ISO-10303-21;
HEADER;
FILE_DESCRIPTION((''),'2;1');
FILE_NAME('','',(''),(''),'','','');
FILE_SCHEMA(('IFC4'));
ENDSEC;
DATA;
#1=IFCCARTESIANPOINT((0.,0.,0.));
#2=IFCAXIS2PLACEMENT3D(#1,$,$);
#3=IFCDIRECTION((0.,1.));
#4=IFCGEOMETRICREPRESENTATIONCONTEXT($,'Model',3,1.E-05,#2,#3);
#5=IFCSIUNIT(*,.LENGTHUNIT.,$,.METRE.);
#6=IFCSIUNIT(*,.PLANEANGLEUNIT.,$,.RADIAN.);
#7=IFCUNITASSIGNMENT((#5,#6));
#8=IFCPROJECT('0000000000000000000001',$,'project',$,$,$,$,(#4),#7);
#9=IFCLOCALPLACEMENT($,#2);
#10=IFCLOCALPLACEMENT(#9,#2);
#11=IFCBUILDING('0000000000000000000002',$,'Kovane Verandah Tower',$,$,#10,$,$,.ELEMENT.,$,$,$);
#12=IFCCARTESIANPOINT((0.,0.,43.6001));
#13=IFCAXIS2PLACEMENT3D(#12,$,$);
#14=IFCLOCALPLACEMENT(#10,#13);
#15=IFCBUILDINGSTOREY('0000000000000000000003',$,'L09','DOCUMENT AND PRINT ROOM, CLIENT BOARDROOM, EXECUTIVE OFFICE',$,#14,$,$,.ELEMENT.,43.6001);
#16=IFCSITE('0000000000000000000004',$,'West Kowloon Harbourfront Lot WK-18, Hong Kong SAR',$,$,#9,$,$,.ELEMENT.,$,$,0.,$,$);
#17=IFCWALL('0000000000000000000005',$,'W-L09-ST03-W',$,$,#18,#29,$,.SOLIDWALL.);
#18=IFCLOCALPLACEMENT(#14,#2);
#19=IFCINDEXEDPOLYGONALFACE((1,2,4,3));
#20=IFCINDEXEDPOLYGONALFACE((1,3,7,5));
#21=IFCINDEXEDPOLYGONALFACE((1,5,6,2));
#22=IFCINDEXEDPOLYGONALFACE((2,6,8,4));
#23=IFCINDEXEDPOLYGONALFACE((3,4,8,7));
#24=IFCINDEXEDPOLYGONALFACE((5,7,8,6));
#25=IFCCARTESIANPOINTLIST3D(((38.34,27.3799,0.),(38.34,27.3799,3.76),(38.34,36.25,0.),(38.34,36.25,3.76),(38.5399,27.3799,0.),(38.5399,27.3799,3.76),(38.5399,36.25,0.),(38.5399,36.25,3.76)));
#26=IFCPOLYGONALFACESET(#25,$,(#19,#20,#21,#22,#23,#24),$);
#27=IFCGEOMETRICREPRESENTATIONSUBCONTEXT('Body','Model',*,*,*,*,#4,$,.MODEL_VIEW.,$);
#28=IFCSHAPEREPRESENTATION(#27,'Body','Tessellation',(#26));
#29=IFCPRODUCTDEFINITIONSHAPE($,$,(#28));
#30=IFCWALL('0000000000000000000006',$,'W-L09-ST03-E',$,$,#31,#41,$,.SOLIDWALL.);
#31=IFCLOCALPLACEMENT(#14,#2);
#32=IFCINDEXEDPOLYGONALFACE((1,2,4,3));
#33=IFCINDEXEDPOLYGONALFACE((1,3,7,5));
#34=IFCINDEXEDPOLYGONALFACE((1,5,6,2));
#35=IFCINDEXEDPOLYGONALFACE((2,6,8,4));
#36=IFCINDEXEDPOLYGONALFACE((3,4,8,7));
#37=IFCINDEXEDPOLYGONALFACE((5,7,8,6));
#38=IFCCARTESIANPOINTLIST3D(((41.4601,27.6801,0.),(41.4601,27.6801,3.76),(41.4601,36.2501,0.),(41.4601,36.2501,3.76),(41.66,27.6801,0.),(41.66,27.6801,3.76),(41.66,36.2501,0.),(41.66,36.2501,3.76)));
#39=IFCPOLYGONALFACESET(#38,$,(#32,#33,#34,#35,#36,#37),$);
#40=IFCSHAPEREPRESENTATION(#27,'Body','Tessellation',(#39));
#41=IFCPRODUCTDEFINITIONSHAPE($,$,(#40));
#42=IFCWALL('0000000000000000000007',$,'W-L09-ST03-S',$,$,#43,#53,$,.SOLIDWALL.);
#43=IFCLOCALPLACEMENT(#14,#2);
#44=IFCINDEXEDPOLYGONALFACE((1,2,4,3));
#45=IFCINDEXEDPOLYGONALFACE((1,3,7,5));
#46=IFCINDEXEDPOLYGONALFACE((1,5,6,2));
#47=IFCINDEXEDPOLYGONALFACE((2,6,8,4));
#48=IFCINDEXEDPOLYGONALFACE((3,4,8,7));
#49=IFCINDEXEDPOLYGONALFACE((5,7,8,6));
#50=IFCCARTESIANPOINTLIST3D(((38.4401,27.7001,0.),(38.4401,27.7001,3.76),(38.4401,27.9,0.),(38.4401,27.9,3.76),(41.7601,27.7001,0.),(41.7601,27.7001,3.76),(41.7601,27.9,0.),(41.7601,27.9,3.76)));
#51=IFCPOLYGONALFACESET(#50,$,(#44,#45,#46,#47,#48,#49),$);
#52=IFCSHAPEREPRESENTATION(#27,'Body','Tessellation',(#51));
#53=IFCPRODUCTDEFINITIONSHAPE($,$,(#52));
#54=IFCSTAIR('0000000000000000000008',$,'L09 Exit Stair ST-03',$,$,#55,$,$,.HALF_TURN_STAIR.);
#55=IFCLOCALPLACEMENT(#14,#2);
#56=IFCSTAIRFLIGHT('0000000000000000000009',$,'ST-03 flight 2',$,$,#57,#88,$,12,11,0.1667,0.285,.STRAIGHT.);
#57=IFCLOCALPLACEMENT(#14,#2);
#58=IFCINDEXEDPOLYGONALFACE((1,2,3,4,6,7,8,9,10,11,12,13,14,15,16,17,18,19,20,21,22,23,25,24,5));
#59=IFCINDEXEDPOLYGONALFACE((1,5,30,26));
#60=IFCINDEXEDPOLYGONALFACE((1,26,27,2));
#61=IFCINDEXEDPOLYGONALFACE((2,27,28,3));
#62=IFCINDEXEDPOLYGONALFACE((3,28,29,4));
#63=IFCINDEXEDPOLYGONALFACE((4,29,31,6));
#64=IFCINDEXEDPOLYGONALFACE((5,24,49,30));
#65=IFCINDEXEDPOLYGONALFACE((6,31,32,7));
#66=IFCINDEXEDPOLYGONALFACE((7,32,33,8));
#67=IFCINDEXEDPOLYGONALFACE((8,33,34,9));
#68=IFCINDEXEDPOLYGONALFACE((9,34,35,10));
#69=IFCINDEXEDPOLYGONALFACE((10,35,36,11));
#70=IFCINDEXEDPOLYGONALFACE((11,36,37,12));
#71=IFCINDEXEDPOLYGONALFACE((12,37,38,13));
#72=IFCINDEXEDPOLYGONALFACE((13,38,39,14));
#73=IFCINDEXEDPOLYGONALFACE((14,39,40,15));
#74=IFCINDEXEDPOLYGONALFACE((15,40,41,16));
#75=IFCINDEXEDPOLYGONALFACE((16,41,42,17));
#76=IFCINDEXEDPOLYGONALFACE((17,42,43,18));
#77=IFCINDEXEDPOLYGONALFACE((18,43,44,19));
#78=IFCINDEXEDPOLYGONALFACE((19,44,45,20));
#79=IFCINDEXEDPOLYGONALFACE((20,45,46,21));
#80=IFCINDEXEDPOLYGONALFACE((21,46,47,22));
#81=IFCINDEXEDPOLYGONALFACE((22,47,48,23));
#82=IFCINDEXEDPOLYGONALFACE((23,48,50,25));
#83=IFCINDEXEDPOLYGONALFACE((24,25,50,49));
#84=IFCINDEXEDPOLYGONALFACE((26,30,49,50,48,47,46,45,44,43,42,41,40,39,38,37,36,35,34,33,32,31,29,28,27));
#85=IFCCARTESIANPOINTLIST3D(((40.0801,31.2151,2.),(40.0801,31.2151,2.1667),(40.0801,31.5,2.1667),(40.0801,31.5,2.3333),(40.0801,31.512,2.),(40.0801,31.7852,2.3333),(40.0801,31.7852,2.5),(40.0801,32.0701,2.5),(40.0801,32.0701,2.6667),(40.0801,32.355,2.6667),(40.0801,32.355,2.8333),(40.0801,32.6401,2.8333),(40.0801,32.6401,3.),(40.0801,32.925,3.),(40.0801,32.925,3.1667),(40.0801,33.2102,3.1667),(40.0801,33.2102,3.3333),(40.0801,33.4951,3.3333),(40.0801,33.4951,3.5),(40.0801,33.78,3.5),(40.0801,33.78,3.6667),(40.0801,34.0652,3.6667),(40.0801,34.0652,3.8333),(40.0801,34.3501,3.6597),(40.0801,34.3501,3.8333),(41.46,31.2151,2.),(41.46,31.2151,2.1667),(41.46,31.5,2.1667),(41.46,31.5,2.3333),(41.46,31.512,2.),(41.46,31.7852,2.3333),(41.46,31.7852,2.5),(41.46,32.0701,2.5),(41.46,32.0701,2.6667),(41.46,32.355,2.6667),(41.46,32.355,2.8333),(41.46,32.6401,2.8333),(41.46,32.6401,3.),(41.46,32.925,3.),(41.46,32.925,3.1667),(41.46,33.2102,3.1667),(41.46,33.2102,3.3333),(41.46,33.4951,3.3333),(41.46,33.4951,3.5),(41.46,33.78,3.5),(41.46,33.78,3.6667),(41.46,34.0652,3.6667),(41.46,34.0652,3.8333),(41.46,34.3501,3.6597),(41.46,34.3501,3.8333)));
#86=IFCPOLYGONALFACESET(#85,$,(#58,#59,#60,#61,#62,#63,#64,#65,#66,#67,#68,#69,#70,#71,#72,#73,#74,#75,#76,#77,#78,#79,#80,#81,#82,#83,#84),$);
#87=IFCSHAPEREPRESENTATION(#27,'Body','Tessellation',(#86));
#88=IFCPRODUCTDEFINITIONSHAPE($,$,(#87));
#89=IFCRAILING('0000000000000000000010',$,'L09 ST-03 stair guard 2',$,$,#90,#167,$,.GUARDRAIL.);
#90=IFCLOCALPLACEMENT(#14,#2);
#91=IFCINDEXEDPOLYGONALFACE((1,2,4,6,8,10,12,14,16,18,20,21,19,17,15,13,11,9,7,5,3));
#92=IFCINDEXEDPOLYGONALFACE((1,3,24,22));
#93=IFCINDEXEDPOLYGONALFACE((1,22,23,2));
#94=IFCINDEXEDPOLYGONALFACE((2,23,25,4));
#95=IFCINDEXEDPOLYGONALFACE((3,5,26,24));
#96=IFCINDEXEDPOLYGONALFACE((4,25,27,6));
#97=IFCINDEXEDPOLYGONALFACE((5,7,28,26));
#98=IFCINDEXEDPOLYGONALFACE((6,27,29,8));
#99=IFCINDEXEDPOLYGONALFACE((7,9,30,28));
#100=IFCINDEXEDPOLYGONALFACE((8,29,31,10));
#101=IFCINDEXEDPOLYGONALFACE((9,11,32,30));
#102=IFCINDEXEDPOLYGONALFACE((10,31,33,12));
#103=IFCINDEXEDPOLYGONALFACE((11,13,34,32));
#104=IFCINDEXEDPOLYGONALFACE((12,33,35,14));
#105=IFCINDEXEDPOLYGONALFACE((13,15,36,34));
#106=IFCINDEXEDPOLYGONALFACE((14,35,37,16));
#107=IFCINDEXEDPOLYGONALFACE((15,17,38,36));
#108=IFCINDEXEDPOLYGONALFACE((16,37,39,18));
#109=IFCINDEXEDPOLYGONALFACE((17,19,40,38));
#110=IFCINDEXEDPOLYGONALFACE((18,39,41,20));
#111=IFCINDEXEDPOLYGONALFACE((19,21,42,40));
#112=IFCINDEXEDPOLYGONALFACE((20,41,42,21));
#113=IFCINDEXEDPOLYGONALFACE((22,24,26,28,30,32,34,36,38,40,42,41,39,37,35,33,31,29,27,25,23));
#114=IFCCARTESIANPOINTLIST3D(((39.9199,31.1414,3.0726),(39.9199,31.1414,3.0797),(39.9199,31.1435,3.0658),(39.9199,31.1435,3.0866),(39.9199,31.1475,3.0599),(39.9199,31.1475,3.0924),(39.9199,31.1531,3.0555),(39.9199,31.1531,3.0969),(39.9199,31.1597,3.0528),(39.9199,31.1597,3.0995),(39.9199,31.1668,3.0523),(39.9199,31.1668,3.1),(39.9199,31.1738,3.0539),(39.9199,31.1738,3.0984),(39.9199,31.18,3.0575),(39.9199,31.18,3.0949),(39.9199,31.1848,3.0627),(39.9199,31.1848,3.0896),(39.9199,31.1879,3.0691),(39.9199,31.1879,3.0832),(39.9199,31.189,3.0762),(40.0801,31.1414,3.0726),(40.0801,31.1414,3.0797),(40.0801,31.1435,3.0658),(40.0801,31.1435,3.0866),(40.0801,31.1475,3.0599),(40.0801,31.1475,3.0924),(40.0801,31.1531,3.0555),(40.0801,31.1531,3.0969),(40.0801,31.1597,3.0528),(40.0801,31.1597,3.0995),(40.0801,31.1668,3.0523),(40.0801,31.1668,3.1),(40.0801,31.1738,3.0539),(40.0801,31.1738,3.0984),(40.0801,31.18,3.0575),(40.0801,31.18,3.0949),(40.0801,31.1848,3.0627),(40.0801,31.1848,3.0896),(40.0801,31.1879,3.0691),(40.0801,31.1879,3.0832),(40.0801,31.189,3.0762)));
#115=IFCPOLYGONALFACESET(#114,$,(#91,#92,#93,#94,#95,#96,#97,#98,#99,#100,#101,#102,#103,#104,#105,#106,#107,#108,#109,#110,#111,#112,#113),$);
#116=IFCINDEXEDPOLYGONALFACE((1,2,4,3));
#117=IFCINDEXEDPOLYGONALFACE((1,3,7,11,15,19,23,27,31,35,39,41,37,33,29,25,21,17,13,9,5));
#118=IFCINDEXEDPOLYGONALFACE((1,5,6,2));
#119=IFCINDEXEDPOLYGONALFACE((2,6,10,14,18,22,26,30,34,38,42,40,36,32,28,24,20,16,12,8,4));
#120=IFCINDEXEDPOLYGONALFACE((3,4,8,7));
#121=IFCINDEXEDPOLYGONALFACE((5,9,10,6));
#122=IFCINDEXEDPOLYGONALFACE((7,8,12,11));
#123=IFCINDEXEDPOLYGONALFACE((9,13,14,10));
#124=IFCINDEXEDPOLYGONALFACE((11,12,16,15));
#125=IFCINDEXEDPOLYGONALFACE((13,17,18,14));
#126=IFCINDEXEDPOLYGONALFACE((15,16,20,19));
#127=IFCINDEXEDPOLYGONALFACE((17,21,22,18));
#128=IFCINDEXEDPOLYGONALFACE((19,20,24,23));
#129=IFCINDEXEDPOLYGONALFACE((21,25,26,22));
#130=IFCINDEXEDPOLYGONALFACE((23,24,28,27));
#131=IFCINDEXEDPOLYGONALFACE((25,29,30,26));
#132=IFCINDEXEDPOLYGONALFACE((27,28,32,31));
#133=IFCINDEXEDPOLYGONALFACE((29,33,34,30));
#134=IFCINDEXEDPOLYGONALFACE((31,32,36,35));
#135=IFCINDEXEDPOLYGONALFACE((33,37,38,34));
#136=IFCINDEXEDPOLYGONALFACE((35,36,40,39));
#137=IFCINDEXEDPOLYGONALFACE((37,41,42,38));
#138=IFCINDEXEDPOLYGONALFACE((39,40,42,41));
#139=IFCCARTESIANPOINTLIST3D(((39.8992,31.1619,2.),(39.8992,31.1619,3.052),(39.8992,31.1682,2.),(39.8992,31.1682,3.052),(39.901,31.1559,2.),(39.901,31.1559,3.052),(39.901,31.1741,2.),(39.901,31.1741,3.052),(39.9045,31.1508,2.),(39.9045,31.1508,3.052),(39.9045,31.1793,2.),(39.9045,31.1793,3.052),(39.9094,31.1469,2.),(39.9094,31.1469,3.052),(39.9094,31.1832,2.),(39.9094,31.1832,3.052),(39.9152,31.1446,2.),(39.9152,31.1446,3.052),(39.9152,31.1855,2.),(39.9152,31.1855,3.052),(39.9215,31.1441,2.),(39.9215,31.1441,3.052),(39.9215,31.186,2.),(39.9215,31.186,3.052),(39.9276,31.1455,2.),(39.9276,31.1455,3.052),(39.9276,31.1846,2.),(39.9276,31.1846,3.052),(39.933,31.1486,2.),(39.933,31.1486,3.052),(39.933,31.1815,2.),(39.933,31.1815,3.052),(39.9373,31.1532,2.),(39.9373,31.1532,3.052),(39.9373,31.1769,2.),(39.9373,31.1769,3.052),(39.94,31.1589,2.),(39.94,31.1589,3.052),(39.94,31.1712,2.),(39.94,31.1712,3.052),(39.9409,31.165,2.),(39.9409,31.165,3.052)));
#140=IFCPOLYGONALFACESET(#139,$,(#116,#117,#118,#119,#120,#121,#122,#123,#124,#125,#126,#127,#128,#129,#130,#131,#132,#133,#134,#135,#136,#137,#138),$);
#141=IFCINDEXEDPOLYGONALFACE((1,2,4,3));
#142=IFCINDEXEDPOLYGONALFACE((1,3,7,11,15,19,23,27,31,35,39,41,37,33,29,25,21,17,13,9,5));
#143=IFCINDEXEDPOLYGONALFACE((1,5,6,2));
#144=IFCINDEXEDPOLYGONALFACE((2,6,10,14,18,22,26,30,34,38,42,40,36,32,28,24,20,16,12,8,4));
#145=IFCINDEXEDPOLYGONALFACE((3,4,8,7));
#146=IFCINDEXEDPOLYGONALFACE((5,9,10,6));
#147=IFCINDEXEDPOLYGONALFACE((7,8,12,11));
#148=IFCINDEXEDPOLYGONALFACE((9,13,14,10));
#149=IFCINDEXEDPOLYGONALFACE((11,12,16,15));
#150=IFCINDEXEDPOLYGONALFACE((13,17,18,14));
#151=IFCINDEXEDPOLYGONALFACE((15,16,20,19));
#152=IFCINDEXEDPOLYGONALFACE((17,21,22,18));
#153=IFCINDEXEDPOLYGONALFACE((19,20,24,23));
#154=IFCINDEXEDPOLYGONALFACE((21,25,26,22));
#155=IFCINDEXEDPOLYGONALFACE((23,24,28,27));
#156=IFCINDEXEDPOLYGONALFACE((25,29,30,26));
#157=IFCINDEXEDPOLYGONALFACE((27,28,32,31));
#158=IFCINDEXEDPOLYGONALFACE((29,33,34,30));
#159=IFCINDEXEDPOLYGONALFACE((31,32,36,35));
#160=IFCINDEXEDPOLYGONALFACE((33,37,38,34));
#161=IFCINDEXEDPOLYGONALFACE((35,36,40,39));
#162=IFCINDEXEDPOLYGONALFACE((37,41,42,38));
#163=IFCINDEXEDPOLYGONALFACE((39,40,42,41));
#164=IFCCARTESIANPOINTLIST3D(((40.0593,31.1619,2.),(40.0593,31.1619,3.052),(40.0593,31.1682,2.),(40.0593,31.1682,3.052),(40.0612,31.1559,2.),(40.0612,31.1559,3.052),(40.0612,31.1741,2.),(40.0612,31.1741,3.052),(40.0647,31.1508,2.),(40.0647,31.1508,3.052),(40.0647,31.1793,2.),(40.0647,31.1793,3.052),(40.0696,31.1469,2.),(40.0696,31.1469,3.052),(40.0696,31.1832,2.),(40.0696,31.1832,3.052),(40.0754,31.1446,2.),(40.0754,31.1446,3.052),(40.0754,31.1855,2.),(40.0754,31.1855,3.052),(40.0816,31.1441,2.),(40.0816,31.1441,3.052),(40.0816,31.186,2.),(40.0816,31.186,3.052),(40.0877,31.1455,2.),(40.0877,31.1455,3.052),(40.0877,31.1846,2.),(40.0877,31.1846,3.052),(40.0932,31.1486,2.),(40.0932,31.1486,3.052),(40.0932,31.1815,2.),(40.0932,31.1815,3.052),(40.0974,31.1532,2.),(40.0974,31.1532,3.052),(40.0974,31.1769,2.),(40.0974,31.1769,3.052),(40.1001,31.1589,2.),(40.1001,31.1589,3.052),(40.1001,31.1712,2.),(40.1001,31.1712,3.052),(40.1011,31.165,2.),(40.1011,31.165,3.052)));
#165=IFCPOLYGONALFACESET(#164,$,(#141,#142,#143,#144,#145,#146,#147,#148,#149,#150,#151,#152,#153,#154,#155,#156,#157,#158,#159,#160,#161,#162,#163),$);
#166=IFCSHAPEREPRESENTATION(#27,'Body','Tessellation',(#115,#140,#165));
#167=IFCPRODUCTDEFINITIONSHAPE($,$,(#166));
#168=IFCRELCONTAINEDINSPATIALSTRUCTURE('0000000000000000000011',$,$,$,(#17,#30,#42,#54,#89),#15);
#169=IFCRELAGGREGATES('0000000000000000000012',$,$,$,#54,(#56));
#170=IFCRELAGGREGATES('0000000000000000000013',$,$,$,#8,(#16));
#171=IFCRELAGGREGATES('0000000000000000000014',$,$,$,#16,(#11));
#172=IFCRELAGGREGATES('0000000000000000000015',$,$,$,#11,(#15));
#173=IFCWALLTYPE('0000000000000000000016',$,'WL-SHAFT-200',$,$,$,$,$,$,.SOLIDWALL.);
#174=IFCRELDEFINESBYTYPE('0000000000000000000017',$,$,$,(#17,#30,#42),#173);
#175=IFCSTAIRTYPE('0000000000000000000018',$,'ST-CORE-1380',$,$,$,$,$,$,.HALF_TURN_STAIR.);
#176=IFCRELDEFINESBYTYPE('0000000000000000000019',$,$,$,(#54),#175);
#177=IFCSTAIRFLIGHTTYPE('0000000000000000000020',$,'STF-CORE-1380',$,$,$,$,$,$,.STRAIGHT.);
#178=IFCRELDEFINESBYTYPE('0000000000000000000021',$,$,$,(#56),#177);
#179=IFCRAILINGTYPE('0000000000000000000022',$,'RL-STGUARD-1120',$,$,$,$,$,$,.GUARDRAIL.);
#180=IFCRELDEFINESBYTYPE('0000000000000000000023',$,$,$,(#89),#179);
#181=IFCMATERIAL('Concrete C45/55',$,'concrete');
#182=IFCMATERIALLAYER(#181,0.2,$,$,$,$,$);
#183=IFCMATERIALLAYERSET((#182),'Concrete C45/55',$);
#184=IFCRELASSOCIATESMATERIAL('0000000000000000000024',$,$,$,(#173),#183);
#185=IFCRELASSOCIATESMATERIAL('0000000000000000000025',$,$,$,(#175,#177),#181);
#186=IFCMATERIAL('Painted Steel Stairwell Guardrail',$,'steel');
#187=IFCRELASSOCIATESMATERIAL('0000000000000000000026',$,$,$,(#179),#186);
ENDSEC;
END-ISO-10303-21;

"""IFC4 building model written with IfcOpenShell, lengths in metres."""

from ifc_helpers import new_model, si_unit, direction, frame, frame_2d, origin, origin_2d, place, context, subcontext, project, spatial, polyline, rectangle, circle, outline, extrude, material, layer, layer_set, type_object, element, aggregate, save


model = new_model("IFC4")

# Units and contexts
model_context = context("Model", 3, precision=1e-05, world=origin(), true_north=direction((0.0, 1.0)))
body_context = subcontext(model_context, "Body", "Model", "MODEL_VIEW")
ifc_project = project(units=[si_unit("LENGTHUNIT", "METRE"), si_unit("PLANEANGLEUNIT", "RADIAN")], contexts=[model_context])

# Site, building, storey
site_placement = place(None, origin())
site = spatial("IfcSite", under=ifc_project, at=site_placement, Name="West Kowloon Harbourfront Lot WK-18, Hong Kong SAR", CompositionType="ELEMENT", RefElevation=0.0)
building_placement = place(site_placement, origin())
building = spatial("IfcBuilding", under=site, at=building_placement, Name="Kovane Verandah Tower", CompositionType="ELEMENT")
storey_placement = place(building_placement, frame((0.0, 0.0, 43.6001)))
storey = spatial("IfcBuildingStorey", under=building, at=storey_placement, Name="L09", Description="DOCUMENT AND PRINT ROOM, CLIENT BOARDROOM, EXECUTIVE OFFICE", CompositionType="ELEMENT", Elevation=43.6001)

# Walls
ifc_material_1 = material(Name="Concrete C45/55", Category="concrete")
ifc_layer_1 = layer(ifc_material_1, 0.2)
ifc_layer_set_1 = layer_set([ifc_layer_1], Name="Concrete C45/55")
wall_type_1 = type_object("IfcWallType", Name="WL-SHAFT-200", PredefinedType="SOLIDWALL", material=ifc_layer_set_1)
wall_1_placement = place(storey_placement, frame((38.4399, 27.3799, 0.0), z_axis=(0.0, 0.0, 1.0), x_axis=(0.0, 1.0, 0.0)))
element("IfcWall", 1, at=wall_1_placement, inside=storey, type_object=wall_type_1, Name="W-L09-ST03-W", PredefinedType="SOLIDWALL", context=body_context, shape_type="SweptSolid", body=[
    extrude(rectangle(XDim=8.8701, YDim=0.2, at=frame_2d((4.4351, 0.0))), origin(), (0.0, 0.0, 1.0), 3.76),
])
wall_2_placement = place(storey_placement, frame((41.5601, 27.6799, 0.0), z_axis=(0.0, 0.0, 1.0), x_axis=(0.0, 1.0, 0.0)))
element("IfcWall", 2, at=wall_2_placement, inside=storey, type_object=wall_type_1, Name="W-L09-ST03-E", PredefinedType="SOLIDWALL", context=body_context, shape_type="SweptSolid", body=[
    extrude(rectangle(XDim=8.5701, YDim=0.2, at=frame_2d((4.2852, 0.0))), origin(), (0.0, 0.0, 1.0), 3.76),
])
wall_3_placement = place(storey_placement, frame((38.4399, 27.8, 0.0), z_axis=(0.0, 0.0, 1.0), x_axis=(1.0, 0.0, 0.0)))
element("IfcWall", 3, at=wall_3_placement, inside=storey, type_object=wall_type_1, Name="W-L09-ST03-S", PredefinedType="SOLIDWALL", context=body_context, shape_type="SweptSolid", body=[
    extrude(rectangle(XDim=3.3201, YDim=0.2, at=frame_2d((1.6602, 0.0))), origin(), (0.0, 0.0, 1.0), 3.76),
])

# Stair, stair flight
stair_type = type_object("IfcStairType", Name="ST-CORE-1380", PredefinedType="HALF_TURN_STAIR", material=ifc_material_1)
stair_placement = place(storey_placement, origin())
stair = element("IfcStair", 4, at=stair_placement, inside=storey, type_object=stair_type, Name="L09 Exit Stair ST-03", PredefinedType="HALF_TURN_STAIR")
stair_flight_type = type_object("IfcStairFlightType", Name="STF-CORE-1380", PredefinedType="STRAIGHT", material=ifc_material_1)
stair_flight_placement = place(storey_placement, frame((40.77, 31.2151, 2.0), z_axis=(0.0, 0.0, 1.0), x_axis=(0.0, 1.0, 0.0)))
stair_flight = element("IfcStairFlight", 5, at=stair_flight_placement, type_object=stair_flight_type, Name="ST-03 flight 2", NumberOfRisers=12, NumberOfTreads=11, PredefinedType="STRAIGHT", RiserHeight=0.1667, TreadLength=0.285, context=body_context, shape_type="SweptSolid", body=[
    extrude(outline(polyline([(0.0, 0.0), (0.0, 0.1667), (0.2849, 0.1667), (0.2849, 0.3333), (0.5701, 0.3333), (0.5701, 0.5), (0.855, 0.5), (0.855, 0.6667), (1.1399, 0.6667), (1.1399, 0.8333), (1.425, 0.8333), (1.425, 1.0), (1.71, 1.0), (1.71, 1.1667), (1.9951, 1.1667), (1.9951, 1.3333), (2.28, 1.3333), (2.28, 1.5), (2.5649, 1.5), (2.5649, 1.6667), (2.8501, 1.6667), (2.8501, 1.8333), (3.135, 1.8333), (3.135, 2.0), (3.135, 1.6597), (0.2969, 0.0), (0.0, 0.0)])), frame((0.0, 0.6899, 0.0), z_axis=(0.0, -1.0, 0.0), x_axis=(1.0, 0.0, 0.0)), (0.0, 0.0, 1.0), 1.3799),
])
aggregate(stair, [stair_flight])

# Railing
ifc_material_2 = material(Name="Painted Steel Stairwell Guardrail", Category="steel")
railing_type = type_object("IfcRailingType", Name="RL-STGUARD-1120", PredefinedType="GUARDRAIL", material=ifc_material_2)
railing_1_placement = place(storey_placement, frame((39.9199, 31.165, 2.0)))
element("IfcRailing", 6, at=railing_1_placement, inside=storey, type_object=railing_type, Name="L09 ST-03 stair guard 2", PredefinedType="GUARDRAIL", context=body_context, shape_type="SweptSolid", body=[
    extrude(circle(Radius=0.0239, at=origin_2d()), frame((0.0, 0.0, 1.0762), z_axis=(1.0, 0.0, 0.0), x_axis=(0.0, 1.0, 0.0)), (0.0, 0.0, 1.0), 0.1602),
    extrude(circle(Radius=0.021, at=origin_2d()), origin(), (0.0, 0.0, 1.0), 1.052),
    extrude(circle(Radius=0.021, at=origin_2d()), frame((0.1602, 0.0, 0.0)), (0.0, 0.0, 1.0), 1.052),
])

save(model, "model.ifc")
